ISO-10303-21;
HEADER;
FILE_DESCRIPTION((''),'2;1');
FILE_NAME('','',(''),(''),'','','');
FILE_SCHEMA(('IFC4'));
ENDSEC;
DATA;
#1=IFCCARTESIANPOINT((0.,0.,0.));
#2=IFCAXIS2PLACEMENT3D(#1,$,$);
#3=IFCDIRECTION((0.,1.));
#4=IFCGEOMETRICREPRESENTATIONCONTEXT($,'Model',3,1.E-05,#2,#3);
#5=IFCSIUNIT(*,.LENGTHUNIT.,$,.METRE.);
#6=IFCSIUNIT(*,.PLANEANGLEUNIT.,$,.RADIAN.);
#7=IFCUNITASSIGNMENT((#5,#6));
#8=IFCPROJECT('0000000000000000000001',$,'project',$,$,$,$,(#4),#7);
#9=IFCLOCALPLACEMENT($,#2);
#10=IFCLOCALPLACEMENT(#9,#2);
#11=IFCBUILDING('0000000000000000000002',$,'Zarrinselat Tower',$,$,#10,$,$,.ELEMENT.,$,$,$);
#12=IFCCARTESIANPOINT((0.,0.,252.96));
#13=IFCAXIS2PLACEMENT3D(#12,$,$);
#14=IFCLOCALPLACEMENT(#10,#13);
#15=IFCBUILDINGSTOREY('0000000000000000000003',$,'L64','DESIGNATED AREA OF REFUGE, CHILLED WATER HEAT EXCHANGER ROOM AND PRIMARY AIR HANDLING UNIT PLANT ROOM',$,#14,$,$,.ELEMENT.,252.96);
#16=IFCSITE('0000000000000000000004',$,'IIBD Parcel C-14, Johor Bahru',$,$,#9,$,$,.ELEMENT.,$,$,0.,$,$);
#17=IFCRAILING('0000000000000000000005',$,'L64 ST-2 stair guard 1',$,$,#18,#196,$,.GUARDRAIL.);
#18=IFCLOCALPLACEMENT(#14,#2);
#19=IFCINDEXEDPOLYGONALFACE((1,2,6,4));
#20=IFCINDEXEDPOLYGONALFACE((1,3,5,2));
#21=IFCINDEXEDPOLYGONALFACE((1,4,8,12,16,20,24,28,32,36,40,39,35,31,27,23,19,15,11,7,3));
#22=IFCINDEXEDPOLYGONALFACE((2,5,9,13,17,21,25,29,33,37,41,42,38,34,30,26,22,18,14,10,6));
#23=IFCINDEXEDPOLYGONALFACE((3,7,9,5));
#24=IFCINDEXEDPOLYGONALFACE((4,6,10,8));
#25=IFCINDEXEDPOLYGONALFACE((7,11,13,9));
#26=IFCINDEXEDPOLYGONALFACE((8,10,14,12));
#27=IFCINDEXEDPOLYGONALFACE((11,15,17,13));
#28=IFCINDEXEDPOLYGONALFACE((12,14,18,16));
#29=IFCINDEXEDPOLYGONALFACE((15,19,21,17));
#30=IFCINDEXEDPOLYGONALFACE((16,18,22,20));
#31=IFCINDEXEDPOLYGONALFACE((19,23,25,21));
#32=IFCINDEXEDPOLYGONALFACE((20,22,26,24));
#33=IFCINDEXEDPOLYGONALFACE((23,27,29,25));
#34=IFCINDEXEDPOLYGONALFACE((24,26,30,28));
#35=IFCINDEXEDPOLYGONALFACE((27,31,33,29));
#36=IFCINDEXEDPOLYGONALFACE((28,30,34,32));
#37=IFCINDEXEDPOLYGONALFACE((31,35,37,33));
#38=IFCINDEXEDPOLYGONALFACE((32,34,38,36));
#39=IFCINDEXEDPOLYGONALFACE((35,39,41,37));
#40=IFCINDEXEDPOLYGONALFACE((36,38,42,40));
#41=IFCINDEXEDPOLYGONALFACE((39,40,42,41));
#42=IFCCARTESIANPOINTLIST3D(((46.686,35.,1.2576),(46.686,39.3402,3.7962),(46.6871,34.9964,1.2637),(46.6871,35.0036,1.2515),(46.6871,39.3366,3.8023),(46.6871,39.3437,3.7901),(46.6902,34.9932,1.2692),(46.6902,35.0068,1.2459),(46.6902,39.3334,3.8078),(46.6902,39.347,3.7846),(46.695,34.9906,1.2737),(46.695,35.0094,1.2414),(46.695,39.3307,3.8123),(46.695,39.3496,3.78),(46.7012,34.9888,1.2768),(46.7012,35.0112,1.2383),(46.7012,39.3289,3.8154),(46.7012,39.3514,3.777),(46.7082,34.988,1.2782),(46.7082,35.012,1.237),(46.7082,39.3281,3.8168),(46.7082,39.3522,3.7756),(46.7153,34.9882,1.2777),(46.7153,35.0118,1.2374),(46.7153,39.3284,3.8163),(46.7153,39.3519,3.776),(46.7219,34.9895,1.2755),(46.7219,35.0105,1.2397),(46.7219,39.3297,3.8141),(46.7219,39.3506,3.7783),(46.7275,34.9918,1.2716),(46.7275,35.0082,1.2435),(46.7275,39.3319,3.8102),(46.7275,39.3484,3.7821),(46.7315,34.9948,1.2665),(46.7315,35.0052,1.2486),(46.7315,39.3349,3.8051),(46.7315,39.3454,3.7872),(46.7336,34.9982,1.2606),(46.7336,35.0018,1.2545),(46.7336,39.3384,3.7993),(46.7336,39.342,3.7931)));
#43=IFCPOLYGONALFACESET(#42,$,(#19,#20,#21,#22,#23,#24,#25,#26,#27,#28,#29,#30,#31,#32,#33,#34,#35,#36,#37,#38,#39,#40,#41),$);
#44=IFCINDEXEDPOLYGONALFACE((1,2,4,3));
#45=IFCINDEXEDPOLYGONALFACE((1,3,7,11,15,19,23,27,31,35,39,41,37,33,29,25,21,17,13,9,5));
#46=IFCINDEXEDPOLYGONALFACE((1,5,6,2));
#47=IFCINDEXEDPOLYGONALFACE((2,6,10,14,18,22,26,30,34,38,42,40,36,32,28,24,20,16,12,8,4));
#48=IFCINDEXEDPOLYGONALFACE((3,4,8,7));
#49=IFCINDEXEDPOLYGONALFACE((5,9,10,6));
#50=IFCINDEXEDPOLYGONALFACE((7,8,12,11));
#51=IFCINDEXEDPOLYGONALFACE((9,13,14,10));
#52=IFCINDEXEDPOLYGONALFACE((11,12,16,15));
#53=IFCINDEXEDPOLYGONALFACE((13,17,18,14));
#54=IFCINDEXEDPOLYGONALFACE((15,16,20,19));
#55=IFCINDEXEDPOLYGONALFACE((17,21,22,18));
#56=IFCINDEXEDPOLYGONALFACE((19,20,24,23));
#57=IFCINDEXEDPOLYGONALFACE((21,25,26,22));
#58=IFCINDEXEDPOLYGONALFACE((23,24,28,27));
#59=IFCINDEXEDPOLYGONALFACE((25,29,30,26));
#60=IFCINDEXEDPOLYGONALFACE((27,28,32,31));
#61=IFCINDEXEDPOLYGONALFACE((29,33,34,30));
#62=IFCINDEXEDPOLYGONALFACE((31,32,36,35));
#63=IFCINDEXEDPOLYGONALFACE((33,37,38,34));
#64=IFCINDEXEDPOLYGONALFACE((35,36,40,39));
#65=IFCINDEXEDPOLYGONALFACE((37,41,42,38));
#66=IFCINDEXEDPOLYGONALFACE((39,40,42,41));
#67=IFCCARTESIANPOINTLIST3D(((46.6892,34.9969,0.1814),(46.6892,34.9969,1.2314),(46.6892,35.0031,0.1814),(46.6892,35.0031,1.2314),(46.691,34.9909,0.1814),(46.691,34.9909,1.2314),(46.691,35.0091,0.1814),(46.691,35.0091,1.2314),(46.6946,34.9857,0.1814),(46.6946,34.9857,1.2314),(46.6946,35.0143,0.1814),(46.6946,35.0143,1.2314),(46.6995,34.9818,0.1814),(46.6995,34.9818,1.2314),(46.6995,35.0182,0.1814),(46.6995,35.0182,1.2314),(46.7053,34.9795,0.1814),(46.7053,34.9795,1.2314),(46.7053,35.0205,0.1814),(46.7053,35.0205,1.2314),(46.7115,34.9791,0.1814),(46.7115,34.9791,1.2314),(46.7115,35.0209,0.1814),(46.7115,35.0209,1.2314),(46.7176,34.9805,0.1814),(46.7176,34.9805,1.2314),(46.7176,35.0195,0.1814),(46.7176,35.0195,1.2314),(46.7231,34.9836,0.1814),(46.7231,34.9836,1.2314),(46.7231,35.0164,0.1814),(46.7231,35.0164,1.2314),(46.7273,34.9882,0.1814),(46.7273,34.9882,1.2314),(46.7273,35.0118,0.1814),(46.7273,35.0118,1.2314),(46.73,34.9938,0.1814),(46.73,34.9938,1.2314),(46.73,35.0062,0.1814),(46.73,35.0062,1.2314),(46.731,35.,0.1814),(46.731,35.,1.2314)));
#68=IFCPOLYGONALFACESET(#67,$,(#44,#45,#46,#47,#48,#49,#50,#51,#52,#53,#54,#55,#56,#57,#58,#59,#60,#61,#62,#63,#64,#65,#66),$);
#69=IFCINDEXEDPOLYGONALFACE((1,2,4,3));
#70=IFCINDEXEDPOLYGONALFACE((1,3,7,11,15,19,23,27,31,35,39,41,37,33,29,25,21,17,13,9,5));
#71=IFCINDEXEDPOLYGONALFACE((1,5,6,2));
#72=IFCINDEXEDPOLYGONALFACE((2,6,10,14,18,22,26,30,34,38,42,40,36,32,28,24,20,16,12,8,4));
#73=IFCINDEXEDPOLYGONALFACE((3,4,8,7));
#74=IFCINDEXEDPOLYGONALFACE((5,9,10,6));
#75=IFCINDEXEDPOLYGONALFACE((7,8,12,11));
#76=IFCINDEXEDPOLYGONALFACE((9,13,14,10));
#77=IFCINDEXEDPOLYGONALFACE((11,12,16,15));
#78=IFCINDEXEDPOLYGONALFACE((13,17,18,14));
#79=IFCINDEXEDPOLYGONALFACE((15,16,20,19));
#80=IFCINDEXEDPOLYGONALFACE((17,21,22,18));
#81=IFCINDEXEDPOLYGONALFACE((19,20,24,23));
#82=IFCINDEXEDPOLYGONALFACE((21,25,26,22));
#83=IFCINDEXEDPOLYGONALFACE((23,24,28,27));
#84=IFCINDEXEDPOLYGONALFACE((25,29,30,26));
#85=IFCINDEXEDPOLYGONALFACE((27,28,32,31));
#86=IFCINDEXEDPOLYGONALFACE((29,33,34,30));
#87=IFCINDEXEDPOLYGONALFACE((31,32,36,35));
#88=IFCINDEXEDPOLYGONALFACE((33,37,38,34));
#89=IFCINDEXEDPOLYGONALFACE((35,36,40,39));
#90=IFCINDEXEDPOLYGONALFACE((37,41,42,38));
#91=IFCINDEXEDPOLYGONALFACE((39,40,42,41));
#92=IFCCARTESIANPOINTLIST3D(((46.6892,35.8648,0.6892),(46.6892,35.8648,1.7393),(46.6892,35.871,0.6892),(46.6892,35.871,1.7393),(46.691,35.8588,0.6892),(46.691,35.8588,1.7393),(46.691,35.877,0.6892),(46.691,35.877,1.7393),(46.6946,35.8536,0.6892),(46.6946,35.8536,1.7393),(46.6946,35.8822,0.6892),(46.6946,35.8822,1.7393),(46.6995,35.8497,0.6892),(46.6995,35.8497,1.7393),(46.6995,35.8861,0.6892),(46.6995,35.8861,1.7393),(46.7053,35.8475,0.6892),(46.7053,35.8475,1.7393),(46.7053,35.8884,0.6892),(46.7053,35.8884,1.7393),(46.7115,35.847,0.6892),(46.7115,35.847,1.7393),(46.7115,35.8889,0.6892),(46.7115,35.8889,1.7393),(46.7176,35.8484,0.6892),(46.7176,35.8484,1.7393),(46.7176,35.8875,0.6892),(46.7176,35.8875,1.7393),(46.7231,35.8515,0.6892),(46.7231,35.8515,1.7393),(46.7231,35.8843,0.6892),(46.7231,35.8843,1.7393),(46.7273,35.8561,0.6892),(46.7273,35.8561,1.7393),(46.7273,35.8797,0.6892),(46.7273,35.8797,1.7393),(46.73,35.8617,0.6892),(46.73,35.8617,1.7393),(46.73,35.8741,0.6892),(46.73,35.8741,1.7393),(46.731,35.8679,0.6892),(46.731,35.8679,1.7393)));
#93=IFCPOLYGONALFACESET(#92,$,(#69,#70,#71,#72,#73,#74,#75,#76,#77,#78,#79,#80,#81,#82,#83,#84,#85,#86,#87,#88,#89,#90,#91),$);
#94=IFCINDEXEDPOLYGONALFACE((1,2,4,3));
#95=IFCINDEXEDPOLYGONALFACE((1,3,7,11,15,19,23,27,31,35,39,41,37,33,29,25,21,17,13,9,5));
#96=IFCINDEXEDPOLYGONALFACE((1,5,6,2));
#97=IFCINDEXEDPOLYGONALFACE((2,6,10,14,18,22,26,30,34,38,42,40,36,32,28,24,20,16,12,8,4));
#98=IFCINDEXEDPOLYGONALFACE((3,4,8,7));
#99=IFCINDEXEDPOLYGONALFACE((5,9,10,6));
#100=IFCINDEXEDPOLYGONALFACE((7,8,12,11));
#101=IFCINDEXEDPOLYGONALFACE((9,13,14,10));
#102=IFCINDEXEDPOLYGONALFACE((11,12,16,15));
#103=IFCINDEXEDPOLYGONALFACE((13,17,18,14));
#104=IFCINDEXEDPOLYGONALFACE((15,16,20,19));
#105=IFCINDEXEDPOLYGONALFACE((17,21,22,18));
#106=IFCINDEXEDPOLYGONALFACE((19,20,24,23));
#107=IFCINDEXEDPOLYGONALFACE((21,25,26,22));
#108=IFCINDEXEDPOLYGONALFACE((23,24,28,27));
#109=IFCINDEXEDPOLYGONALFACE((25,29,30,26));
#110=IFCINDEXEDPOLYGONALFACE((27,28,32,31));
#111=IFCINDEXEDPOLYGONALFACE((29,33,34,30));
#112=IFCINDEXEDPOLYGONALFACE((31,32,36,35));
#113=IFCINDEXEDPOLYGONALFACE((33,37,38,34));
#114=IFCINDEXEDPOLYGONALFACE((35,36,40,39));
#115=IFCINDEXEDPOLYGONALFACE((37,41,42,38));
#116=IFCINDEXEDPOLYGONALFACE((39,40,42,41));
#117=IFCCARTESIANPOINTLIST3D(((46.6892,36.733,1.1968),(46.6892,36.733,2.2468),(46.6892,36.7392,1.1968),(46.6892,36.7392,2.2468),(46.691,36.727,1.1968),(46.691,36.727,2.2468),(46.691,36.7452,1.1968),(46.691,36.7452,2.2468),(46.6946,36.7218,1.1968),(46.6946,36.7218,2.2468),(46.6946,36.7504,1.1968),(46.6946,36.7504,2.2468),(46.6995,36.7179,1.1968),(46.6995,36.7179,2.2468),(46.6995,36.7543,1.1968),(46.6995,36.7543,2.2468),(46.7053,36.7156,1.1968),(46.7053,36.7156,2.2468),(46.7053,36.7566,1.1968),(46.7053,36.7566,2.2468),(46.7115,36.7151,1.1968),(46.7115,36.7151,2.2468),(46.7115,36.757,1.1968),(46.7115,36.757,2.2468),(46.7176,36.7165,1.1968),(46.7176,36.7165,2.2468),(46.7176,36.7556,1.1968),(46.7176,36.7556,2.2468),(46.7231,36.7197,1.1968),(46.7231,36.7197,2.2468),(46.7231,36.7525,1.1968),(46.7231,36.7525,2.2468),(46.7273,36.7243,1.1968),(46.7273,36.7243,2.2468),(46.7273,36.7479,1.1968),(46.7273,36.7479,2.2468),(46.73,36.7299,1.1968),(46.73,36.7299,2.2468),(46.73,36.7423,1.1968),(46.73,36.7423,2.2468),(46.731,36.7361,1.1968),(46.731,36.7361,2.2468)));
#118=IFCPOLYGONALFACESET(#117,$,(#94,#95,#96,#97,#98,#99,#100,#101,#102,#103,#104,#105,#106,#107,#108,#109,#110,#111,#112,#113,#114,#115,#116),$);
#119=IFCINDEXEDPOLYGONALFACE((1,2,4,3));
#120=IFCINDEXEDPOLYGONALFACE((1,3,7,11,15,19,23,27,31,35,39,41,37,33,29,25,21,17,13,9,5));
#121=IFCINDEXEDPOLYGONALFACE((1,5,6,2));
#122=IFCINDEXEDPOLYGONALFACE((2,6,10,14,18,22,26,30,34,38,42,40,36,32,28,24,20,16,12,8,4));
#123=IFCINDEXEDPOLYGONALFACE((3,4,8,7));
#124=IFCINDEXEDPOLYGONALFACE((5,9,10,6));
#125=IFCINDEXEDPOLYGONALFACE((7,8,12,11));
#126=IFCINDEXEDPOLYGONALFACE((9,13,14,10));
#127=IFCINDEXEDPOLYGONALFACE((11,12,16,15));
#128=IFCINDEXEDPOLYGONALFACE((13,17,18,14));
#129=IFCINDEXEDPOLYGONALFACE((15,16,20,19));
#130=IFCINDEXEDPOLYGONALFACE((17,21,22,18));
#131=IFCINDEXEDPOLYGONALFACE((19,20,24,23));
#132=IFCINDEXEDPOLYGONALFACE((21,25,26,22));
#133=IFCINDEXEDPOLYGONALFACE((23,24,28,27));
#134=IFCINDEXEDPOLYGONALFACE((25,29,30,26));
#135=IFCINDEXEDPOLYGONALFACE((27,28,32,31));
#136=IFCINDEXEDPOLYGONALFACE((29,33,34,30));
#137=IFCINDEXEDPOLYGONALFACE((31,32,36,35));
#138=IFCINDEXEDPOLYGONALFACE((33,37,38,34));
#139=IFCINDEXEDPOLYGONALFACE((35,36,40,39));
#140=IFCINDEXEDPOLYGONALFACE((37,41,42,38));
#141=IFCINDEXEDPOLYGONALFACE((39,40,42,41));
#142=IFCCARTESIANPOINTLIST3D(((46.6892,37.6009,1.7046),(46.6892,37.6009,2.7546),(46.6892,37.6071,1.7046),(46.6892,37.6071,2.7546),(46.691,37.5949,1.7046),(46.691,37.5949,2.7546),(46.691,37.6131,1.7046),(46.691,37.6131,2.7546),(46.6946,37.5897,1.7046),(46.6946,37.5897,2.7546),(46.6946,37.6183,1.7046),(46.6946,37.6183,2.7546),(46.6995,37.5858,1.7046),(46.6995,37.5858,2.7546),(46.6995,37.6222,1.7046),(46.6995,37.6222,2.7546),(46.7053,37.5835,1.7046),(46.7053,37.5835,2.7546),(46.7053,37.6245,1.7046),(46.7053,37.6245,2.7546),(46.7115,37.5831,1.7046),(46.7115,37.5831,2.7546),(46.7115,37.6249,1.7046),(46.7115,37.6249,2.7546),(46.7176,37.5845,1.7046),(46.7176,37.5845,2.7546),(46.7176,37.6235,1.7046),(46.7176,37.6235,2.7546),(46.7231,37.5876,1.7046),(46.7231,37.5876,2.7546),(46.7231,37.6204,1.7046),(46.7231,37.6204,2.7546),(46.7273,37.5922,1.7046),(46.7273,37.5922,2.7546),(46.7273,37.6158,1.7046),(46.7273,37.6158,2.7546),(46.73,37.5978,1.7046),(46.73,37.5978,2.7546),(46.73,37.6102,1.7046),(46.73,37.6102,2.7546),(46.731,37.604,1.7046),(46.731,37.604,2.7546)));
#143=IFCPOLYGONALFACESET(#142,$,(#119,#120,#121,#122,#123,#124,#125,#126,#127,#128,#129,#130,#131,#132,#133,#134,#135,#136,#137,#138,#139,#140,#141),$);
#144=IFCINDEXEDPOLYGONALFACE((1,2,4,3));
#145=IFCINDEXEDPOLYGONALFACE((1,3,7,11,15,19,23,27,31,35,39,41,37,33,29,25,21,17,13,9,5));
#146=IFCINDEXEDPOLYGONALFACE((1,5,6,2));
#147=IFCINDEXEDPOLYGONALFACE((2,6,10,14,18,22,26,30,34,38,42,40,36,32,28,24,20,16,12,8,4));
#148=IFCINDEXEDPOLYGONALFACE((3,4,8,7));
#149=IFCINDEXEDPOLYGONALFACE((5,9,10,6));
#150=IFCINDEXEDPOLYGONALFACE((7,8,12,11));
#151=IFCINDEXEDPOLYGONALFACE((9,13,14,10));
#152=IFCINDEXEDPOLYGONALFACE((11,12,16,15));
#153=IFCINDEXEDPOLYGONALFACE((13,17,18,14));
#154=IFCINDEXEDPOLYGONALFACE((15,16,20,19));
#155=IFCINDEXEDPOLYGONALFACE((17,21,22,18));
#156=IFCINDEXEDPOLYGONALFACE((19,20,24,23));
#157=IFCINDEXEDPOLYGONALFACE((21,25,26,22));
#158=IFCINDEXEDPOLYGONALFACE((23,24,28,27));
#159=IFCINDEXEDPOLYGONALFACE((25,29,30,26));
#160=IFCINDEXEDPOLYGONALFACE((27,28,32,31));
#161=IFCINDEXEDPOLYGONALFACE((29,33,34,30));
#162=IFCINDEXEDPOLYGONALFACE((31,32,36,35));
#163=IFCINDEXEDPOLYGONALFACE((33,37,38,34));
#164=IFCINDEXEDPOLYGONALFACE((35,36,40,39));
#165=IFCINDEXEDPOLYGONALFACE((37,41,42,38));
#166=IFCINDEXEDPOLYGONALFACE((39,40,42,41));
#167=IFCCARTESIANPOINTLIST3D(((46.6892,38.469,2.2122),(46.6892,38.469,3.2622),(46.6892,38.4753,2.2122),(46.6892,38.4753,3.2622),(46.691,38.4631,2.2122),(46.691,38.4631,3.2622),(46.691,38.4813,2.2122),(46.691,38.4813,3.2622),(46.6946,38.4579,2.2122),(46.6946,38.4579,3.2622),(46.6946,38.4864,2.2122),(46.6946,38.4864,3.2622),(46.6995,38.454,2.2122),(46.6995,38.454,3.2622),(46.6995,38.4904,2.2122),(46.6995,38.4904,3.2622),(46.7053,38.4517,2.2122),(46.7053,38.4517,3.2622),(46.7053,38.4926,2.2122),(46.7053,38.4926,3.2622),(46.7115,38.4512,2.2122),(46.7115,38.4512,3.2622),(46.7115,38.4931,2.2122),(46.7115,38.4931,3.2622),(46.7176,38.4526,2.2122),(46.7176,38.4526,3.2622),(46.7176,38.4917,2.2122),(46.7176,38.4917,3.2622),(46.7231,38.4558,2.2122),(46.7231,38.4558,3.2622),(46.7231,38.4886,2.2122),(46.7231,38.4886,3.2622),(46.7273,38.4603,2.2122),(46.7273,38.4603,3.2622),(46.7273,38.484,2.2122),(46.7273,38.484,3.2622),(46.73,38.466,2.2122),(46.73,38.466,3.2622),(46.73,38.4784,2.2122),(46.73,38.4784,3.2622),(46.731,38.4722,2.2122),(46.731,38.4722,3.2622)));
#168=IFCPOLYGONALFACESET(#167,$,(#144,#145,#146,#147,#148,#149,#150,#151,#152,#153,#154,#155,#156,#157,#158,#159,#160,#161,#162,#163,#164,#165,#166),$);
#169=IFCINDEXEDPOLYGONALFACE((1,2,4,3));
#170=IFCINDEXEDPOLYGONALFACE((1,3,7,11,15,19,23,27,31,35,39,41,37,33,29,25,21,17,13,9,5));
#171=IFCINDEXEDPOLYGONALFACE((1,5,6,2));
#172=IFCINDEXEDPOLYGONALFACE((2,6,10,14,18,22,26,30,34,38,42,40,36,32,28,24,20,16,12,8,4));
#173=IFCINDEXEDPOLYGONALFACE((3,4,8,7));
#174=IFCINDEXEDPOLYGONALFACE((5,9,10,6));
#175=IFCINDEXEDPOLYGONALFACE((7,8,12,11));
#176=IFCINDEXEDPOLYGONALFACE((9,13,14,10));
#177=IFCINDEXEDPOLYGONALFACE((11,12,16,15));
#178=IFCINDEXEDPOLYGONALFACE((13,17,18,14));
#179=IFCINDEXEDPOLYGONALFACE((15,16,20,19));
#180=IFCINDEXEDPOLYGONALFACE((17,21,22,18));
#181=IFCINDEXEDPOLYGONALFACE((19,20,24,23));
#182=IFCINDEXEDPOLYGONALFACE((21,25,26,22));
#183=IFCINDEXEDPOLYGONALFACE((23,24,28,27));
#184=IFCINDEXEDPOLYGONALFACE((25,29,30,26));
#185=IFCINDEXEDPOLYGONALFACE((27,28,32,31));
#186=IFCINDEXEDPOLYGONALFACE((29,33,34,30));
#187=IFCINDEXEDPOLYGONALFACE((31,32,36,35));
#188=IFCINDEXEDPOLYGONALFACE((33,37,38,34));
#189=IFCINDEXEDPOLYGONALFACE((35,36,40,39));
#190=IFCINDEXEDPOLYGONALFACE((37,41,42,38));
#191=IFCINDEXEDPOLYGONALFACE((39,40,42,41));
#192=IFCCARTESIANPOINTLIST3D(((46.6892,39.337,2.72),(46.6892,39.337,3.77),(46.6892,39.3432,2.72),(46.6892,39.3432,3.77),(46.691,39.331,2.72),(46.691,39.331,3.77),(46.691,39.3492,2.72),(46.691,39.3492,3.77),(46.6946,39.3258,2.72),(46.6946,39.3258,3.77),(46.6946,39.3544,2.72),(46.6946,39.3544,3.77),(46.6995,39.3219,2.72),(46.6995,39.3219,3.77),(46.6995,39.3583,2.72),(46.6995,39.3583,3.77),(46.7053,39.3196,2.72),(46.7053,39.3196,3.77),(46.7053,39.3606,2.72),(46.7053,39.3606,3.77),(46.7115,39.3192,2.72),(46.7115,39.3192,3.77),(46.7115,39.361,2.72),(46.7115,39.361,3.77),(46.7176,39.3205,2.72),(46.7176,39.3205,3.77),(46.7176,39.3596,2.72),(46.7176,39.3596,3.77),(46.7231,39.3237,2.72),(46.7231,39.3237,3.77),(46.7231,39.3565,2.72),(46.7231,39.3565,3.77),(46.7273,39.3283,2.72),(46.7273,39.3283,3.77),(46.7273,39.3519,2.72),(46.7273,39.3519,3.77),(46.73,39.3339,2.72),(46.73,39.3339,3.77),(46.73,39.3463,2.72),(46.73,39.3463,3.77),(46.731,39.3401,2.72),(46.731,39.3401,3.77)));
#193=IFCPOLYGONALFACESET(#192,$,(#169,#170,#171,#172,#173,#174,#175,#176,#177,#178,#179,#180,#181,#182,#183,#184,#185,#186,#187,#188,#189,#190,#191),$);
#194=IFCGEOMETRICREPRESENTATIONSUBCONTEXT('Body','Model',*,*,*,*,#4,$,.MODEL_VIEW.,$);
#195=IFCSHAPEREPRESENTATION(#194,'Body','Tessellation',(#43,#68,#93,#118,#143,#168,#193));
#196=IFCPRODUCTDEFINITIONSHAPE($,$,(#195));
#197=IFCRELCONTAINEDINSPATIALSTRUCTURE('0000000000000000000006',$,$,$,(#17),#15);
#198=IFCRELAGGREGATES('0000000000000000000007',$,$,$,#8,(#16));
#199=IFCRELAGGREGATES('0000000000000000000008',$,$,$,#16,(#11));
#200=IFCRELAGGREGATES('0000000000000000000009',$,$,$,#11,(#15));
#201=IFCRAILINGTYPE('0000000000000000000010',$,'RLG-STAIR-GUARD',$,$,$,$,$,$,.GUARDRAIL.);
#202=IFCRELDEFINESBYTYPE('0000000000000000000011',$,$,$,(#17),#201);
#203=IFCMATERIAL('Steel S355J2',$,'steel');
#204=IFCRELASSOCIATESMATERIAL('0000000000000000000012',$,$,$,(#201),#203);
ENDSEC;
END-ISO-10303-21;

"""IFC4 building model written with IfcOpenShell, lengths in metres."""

from ifc_helpers import new_model, si_unit, direction, frame, origin, origin_2d, place, context, subcontext, project, spatial, circle, extrude, material, type_object, element, save


model = new_model("IFC4")

# Units and contexts
model_context = context("Model", 3, precision=1e-05, world=origin(), true_north=direction((0.0, 1.0)))
body_context = subcontext(model_context, "Body", "Model", "MODEL_VIEW")
ifc_project = project(units=[si_unit("LENGTHUNIT", "METRE"), si_unit("PLANEANGLEUNIT", "RADIAN")], contexts=[model_context])

# Site, building, storey
site_placement = place(None, origin())
site = spatial("IfcSite", under=ifc_project, at=site_placement, Name="IIBD Parcel C-14, Johor Bahru", CompositionType="ELEMENT", RefElevation=0.0)
building_placement = place(site_placement, origin())
building = spatial("IfcBuilding", under=site, at=building_placement, Name="Zarrinselat Tower", CompositionType="ELEMENT")
storey_placement = place(building_placement, frame((0.0, 0.0, 252.96)))
storey = spatial("IfcBuildingStorey", under=building, at=storey_placement, Name="L64", Description="DESIGNATED AREA OF REFUGE, CHILLED WATER HEAT EXCHANGER ROOM AND PRIMARY AIR HANDLING UNIT PLANT ROOM", CompositionType="ELEMENT", Elevation=252.96)

# Railing
ifc_material_1 = material(Name="Steel S355J2", Category="steel")
railing_type_1 = type_object("IfcRailingType", Name="RLG-STAIR-GUARD", PredefinedType="GUARDRAIL", material=ifc_material_1)
railing_1_placement = place(storey_placement, frame((46.71, 35.0, 0.1814)))
element("IfcRailing", 1, at=railing_1_placement, inside=storey, type_object=railing_type_1, Name="L64 ST-2 stair guard 1", PredefinedType="GUARDRAIL", context=body_context, shape_type="SweptSolid", body=[
    extrude(circle(Radius=0.0239, at=origin_2d()), frame((0.0, 0.0, 1.0762), z_axis=(0.0, 0.863185, 0.504888), x_axis=(-1.0, 0.0, 0.0)), (0.0, 0.0, 1.0), 5.0281),
    extrude(circle(Radius=0.021, at=origin_2d()), origin(), (0.0, 0.0, 1.0), 1.05),
    extrude(circle(Radius=0.021, at=origin_2d()), frame((0.0, 0.8679, 0.5078)), (0.0, 0.0, 1.0), 1.05),
    extrude(circle(Radius=0.021, at=origin_2d()), frame((0.0, 1.7361, 1.0154)), (0.0, 0.0, 1.0), 1.05),
    extrude(circle(Radius=0.021, at=origin_2d()), frame((0.0, 2.604, 1.5232)), (0.0, 0.0, 1.0), 1.05),
    extrude(circle(Radius=0.021, at=origin_2d()), frame((0.0, 3.4722, 2.0308)), (0.0, 0.0, 1.0), 1.05),
    extrude(circle(Radius=0.021, at=origin_2d()), frame((0.0, 4.3401, 2.5386)), (0.0, 0.0, 1.0), 1.05),
])

save(model, "model.ifc")
